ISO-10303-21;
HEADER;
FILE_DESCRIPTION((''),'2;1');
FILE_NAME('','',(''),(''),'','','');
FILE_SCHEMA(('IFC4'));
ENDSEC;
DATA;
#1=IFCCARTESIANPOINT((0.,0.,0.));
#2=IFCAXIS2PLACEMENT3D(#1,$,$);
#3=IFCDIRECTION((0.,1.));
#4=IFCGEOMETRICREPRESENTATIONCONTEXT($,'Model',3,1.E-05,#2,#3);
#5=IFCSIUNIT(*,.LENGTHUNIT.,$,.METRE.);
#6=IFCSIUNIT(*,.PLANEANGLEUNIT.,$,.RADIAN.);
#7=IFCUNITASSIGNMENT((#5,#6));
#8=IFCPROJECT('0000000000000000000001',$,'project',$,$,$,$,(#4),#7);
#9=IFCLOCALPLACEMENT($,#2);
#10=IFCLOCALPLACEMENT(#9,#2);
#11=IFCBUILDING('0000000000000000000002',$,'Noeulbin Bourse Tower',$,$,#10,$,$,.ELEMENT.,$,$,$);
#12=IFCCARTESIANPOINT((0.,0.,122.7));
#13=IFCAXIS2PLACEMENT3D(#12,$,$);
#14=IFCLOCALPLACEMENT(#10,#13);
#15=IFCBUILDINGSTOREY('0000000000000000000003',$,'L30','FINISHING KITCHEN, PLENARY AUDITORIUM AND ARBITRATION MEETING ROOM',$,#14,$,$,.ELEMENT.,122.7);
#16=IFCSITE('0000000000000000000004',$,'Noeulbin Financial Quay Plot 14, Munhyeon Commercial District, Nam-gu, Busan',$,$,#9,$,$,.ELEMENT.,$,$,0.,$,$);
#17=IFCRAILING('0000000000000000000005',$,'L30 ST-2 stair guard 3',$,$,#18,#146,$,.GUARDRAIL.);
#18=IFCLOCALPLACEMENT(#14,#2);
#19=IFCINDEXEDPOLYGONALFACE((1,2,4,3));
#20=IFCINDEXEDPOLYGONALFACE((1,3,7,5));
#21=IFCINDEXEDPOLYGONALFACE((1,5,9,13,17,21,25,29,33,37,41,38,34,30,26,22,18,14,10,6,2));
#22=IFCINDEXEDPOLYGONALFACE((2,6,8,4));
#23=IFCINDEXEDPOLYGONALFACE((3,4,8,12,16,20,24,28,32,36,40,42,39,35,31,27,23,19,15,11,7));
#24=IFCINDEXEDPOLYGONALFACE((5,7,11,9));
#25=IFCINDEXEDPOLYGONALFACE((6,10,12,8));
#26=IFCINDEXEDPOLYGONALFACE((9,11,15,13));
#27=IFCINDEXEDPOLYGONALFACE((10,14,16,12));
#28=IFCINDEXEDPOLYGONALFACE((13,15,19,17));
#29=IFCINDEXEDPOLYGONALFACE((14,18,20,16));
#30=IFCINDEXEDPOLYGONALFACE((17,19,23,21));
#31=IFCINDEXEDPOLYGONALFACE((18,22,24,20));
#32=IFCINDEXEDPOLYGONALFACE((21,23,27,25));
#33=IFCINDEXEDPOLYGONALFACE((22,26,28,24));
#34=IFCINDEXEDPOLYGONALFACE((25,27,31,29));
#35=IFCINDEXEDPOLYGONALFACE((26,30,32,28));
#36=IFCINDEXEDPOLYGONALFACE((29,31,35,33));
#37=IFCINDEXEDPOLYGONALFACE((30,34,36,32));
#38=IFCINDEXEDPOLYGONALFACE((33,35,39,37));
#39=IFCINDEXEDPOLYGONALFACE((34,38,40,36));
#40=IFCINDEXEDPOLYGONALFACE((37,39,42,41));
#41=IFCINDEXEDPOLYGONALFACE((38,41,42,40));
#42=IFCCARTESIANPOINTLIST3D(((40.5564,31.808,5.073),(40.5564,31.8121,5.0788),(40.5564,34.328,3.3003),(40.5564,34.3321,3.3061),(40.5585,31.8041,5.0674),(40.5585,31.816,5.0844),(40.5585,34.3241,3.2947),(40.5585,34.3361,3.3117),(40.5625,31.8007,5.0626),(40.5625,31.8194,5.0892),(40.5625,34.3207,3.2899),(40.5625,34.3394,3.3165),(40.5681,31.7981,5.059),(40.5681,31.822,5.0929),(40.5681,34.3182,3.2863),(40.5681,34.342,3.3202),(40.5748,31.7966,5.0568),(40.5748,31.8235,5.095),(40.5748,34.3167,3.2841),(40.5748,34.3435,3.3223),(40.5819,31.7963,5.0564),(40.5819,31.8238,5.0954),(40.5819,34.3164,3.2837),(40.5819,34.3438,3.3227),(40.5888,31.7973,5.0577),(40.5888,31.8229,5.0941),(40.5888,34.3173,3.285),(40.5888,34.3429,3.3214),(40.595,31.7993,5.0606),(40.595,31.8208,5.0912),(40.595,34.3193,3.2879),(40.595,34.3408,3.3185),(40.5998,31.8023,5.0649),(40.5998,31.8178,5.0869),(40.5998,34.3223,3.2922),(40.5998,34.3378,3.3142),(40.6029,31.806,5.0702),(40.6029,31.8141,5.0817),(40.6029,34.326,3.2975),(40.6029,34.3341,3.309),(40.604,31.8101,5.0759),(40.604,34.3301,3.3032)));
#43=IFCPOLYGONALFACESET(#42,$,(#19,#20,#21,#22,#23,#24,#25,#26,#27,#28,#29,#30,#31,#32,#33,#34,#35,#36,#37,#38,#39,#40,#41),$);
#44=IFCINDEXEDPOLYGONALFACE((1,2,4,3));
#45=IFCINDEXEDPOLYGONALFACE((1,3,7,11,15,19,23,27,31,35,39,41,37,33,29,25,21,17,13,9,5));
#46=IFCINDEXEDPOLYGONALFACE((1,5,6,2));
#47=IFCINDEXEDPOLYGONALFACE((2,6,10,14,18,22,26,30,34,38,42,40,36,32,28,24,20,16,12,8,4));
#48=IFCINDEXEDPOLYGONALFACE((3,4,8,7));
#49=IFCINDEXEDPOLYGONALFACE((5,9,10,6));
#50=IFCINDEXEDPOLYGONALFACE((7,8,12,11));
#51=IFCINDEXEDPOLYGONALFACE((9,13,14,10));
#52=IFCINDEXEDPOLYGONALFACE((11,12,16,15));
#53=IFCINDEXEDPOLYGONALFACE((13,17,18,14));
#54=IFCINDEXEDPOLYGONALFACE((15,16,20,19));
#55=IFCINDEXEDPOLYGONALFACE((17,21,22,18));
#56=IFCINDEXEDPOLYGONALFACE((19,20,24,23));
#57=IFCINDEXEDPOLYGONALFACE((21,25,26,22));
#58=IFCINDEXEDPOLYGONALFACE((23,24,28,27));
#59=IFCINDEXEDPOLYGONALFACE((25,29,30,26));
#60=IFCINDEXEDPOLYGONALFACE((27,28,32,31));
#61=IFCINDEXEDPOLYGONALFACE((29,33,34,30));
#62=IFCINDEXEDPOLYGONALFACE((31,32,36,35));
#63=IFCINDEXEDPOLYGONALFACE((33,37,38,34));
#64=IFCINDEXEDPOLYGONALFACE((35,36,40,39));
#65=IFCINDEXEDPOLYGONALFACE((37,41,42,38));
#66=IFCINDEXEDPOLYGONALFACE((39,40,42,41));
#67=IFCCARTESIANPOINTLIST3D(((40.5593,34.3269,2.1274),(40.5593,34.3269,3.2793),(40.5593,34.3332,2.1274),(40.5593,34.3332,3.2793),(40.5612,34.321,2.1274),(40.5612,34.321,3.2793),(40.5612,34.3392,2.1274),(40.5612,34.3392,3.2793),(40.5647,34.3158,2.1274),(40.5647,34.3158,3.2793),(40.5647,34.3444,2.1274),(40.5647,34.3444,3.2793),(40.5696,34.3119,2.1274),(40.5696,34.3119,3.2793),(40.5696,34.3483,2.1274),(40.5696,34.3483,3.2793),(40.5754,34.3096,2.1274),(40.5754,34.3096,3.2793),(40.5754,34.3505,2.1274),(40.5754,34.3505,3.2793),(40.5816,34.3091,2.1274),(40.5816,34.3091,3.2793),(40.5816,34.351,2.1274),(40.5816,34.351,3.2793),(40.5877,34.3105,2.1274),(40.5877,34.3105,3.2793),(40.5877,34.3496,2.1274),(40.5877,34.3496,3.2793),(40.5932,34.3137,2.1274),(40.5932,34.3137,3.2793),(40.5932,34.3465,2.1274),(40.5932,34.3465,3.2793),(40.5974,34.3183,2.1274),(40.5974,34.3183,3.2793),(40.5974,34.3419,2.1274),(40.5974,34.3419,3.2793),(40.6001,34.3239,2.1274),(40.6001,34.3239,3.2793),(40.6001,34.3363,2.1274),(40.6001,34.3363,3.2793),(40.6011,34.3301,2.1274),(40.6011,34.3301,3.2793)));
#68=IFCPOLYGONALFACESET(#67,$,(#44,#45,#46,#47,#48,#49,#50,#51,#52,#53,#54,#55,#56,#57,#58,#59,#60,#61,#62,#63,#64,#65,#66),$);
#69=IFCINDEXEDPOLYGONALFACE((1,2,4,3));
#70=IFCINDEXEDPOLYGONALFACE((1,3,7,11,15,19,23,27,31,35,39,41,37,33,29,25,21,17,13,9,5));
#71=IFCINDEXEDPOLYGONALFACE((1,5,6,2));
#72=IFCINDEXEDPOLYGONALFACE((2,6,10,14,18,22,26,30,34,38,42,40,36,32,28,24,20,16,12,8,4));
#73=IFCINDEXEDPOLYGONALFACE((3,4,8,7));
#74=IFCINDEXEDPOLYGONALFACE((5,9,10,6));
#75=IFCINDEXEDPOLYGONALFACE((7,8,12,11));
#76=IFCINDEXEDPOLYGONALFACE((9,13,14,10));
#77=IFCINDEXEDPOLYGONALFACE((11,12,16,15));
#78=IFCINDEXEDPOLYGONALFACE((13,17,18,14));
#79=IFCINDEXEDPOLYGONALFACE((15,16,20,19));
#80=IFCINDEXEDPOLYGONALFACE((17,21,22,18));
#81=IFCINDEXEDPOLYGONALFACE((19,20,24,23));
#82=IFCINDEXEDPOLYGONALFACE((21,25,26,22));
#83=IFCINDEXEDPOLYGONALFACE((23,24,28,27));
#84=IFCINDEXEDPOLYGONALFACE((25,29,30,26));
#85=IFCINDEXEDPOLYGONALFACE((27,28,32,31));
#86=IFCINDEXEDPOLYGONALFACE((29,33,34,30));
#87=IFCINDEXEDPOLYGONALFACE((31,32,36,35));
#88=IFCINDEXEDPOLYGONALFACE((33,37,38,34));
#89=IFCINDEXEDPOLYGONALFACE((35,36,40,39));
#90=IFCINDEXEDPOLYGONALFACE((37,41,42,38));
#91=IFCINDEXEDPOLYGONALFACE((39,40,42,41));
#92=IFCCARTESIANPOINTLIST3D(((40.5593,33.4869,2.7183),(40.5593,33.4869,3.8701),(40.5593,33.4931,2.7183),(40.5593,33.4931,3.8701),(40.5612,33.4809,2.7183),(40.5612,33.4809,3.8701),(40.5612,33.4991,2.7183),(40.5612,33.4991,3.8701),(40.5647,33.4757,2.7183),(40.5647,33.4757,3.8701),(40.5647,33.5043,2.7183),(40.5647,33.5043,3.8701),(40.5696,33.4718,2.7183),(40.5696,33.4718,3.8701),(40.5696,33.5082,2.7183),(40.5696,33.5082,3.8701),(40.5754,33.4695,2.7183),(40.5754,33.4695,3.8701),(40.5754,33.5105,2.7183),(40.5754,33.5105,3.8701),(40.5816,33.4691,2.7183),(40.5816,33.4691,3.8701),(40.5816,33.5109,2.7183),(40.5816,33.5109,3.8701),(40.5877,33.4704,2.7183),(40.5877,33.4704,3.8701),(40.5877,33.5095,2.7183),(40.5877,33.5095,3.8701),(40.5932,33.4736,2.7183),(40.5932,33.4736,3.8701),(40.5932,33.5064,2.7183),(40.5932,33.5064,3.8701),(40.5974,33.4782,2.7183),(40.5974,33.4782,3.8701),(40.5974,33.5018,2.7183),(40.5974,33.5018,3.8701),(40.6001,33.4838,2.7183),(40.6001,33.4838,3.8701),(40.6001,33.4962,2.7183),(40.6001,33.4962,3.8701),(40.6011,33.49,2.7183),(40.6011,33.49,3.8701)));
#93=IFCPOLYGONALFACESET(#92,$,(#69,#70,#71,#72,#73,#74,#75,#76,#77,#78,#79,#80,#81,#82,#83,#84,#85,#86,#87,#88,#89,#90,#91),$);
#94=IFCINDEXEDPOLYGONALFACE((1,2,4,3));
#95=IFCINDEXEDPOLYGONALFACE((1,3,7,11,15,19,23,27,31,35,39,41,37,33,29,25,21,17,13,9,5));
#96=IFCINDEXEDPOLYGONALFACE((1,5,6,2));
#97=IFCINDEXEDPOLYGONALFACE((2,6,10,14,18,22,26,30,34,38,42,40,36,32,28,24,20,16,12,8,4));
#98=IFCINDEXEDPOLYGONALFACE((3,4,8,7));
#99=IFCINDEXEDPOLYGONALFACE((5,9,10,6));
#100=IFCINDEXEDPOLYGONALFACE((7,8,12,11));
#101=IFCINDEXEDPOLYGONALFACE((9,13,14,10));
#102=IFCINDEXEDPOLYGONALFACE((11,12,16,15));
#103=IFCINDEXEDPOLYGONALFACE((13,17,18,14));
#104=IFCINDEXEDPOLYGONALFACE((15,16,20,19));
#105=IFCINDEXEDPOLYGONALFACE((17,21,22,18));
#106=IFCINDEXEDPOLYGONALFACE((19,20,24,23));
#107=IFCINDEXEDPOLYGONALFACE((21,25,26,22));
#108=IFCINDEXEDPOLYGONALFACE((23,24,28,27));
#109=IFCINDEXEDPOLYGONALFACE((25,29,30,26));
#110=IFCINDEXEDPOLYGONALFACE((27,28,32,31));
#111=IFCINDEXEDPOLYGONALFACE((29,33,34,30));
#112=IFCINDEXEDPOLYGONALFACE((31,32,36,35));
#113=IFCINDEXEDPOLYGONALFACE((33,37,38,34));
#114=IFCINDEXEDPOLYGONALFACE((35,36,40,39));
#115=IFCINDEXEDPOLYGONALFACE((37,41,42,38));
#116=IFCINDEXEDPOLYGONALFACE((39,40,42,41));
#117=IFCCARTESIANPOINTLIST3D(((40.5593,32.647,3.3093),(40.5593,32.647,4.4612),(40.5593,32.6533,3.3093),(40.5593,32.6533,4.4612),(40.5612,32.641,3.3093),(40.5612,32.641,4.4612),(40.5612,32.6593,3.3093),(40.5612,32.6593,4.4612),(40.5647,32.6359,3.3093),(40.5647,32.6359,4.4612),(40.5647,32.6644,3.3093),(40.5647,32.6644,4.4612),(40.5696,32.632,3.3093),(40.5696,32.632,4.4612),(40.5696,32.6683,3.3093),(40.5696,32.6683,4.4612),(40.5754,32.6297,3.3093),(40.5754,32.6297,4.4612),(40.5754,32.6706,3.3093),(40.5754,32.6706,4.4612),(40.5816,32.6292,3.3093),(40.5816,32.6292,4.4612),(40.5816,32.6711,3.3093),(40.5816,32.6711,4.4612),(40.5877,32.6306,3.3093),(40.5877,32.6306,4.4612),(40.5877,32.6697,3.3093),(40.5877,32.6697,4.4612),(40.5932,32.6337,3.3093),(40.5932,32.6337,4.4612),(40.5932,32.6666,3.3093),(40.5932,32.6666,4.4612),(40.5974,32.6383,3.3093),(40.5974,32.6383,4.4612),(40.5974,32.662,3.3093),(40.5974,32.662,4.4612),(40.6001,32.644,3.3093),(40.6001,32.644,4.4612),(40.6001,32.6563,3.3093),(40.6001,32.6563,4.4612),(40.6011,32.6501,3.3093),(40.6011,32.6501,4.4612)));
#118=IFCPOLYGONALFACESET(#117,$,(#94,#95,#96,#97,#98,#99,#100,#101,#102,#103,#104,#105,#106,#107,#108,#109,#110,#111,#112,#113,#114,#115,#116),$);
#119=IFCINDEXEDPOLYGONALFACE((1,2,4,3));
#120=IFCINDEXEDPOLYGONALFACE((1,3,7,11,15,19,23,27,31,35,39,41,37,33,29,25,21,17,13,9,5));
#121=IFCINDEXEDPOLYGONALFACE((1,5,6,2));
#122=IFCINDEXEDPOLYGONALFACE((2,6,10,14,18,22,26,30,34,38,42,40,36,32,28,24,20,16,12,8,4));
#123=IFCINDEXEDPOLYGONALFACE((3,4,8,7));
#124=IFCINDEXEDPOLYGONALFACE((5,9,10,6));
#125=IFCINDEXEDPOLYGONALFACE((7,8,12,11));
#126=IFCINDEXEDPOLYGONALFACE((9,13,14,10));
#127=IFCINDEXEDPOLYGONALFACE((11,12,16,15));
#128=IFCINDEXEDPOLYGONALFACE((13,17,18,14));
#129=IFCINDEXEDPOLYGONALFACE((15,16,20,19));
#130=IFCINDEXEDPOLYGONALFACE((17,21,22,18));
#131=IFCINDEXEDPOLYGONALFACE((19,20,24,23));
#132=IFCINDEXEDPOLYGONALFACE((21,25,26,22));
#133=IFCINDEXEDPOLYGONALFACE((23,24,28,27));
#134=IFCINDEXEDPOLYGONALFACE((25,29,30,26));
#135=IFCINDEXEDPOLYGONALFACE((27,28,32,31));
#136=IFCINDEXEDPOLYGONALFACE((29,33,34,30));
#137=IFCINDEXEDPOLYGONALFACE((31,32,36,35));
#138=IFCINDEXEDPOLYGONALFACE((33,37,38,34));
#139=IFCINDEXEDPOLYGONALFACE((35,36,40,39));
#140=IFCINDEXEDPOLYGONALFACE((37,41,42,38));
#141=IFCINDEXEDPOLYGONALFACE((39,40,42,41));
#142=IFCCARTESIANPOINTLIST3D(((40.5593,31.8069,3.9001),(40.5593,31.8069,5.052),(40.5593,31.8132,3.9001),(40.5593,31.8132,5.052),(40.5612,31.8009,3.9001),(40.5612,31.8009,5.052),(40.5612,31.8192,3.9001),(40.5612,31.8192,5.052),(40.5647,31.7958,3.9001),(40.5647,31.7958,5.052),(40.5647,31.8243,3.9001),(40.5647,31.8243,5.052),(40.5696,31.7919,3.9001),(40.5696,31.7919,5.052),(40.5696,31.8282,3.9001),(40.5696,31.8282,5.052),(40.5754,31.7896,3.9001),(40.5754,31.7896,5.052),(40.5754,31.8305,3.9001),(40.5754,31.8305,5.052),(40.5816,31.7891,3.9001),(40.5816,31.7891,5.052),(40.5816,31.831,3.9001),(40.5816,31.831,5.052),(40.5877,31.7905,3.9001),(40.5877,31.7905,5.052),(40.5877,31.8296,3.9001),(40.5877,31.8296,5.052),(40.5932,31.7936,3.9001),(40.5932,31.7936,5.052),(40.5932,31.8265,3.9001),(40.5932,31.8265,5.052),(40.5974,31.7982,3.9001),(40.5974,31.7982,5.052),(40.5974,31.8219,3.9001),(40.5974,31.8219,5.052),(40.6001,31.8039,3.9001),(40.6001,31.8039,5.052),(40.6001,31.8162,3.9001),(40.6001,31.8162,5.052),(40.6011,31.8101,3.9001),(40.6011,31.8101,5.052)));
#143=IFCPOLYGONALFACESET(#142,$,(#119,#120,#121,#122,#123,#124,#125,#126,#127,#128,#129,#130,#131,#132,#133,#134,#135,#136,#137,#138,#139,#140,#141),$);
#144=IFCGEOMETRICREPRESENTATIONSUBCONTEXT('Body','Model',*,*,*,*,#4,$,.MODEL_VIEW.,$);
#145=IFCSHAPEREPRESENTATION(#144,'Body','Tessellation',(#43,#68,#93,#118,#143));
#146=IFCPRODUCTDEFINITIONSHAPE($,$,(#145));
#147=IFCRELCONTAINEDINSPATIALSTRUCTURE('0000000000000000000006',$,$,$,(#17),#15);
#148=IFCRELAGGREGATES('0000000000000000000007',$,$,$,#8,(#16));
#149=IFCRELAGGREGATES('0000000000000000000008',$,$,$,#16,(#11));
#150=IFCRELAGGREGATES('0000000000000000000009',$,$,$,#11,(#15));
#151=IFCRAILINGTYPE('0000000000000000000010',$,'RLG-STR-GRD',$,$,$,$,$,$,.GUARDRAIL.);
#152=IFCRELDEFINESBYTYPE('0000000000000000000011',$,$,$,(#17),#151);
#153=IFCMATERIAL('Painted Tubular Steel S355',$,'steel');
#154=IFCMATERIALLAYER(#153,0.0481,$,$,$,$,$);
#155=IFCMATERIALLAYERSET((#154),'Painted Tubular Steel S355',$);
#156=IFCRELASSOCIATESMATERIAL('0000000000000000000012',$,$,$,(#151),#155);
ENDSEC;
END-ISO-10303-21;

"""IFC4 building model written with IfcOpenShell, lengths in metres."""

from ifc_helpers import new_model, si_unit, direction, frame, origin, origin_2d, place, context, subcontext, project, spatial, circle, extrude, material, layer, layer_set, type_object, element, save


model = new_model("IFC4")

# Units and contexts
model_context = context("Model", 3, precision=1e-05, world=origin(), true_north=direction((0.0, 1.0)))
body_context = subcontext(model_context, "Body", "Model", "MODEL_VIEW")
ifc_project = project(units=[si_unit("LENGTHUNIT", "METRE"), si_unit("PLANEANGLEUNIT", "RADIAN")], contexts=[model_context])

# Site, building, storey
site_placement = place(None, origin())
site = spatial("IfcSite", under=ifc_project, at=site_placement, Name="Noeulbin Financial Quay Plot 14, Munhyeon Commercial District, Nam-gu, Busan", CompositionType="ELEMENT", RefElevation=0.0)
building_placement = place(site_placement, origin())
building = spatial("IfcBuilding", under=site, at=building_placement, Name="Noeulbin Bourse Tower", CompositionType="ELEMENT")
storey_placement = place(building_placement, frame((0.0, 0.0, 122.7)))
storey = spatial("IfcBuildingStorey", under=building, at=storey_placement, Name="L30", Description="FINISHING KITCHEN, PLENARY AUDITORIUM AND ARBITRATION MEETING ROOM", CompositionType="ELEMENT", Elevation=122.7)

# Railing
ifc_material_1 = material(Name="Painted Tubular Steel S355", Category="steel")
ifc_layer_1 = layer(ifc_material_1, 0.0481)
ifc_layer_set_1 = layer_set([ifc_layer_1], Name="Painted Tubular Steel S355")
railing_type = type_object("IfcRailingType", Name="RLG-STR-GRD", PredefinedType="GUARDRAIL", material=ifc_layer_set_1)
railing_placement = place(storey_placement, frame((40.5801, 34.3301, 2.1274)))
element("IfcRailing", 1, at=railing_placement, inside=storey, type_object=railing_type, Name="L30 ST-2 stair guard 3", PredefinedType="GUARDRAIL", context=body_context, shape_type="SweptSolid", body=[
    extrude(circle(Radius=0.0239, at=origin_2d()), frame((0.0, 0.0, 1.1758), z_axis=(0.0, -0.817904, 0.575354), x_axis=(1.0, 0.0, 0.0)), (0.0, 0.0, 1.0), 3.0811),
    extrude(circle(Radius=0.021, at=origin_2d()), origin(), (0.0, 0.0, 1.0), 1.1519),
    extrude(circle(Radius=0.021, at=origin_2d()), frame((0.0, -0.8401, 0.5908)), (0.0, 0.0, 1.0), 1.1519),
    extrude(circle(Radius=0.021, at=origin_2d()), frame((0.0, -1.6799, 1.1819)), (0.0, 0.0, 1.0), 1.1519),
    extrude(circle(Radius=0.021, at=origin_2d()), frame((0.0, -2.52, 1.7727)), (0.0, 0.0, 1.0), 1.1519),
])

save(model, "model.ifc")
